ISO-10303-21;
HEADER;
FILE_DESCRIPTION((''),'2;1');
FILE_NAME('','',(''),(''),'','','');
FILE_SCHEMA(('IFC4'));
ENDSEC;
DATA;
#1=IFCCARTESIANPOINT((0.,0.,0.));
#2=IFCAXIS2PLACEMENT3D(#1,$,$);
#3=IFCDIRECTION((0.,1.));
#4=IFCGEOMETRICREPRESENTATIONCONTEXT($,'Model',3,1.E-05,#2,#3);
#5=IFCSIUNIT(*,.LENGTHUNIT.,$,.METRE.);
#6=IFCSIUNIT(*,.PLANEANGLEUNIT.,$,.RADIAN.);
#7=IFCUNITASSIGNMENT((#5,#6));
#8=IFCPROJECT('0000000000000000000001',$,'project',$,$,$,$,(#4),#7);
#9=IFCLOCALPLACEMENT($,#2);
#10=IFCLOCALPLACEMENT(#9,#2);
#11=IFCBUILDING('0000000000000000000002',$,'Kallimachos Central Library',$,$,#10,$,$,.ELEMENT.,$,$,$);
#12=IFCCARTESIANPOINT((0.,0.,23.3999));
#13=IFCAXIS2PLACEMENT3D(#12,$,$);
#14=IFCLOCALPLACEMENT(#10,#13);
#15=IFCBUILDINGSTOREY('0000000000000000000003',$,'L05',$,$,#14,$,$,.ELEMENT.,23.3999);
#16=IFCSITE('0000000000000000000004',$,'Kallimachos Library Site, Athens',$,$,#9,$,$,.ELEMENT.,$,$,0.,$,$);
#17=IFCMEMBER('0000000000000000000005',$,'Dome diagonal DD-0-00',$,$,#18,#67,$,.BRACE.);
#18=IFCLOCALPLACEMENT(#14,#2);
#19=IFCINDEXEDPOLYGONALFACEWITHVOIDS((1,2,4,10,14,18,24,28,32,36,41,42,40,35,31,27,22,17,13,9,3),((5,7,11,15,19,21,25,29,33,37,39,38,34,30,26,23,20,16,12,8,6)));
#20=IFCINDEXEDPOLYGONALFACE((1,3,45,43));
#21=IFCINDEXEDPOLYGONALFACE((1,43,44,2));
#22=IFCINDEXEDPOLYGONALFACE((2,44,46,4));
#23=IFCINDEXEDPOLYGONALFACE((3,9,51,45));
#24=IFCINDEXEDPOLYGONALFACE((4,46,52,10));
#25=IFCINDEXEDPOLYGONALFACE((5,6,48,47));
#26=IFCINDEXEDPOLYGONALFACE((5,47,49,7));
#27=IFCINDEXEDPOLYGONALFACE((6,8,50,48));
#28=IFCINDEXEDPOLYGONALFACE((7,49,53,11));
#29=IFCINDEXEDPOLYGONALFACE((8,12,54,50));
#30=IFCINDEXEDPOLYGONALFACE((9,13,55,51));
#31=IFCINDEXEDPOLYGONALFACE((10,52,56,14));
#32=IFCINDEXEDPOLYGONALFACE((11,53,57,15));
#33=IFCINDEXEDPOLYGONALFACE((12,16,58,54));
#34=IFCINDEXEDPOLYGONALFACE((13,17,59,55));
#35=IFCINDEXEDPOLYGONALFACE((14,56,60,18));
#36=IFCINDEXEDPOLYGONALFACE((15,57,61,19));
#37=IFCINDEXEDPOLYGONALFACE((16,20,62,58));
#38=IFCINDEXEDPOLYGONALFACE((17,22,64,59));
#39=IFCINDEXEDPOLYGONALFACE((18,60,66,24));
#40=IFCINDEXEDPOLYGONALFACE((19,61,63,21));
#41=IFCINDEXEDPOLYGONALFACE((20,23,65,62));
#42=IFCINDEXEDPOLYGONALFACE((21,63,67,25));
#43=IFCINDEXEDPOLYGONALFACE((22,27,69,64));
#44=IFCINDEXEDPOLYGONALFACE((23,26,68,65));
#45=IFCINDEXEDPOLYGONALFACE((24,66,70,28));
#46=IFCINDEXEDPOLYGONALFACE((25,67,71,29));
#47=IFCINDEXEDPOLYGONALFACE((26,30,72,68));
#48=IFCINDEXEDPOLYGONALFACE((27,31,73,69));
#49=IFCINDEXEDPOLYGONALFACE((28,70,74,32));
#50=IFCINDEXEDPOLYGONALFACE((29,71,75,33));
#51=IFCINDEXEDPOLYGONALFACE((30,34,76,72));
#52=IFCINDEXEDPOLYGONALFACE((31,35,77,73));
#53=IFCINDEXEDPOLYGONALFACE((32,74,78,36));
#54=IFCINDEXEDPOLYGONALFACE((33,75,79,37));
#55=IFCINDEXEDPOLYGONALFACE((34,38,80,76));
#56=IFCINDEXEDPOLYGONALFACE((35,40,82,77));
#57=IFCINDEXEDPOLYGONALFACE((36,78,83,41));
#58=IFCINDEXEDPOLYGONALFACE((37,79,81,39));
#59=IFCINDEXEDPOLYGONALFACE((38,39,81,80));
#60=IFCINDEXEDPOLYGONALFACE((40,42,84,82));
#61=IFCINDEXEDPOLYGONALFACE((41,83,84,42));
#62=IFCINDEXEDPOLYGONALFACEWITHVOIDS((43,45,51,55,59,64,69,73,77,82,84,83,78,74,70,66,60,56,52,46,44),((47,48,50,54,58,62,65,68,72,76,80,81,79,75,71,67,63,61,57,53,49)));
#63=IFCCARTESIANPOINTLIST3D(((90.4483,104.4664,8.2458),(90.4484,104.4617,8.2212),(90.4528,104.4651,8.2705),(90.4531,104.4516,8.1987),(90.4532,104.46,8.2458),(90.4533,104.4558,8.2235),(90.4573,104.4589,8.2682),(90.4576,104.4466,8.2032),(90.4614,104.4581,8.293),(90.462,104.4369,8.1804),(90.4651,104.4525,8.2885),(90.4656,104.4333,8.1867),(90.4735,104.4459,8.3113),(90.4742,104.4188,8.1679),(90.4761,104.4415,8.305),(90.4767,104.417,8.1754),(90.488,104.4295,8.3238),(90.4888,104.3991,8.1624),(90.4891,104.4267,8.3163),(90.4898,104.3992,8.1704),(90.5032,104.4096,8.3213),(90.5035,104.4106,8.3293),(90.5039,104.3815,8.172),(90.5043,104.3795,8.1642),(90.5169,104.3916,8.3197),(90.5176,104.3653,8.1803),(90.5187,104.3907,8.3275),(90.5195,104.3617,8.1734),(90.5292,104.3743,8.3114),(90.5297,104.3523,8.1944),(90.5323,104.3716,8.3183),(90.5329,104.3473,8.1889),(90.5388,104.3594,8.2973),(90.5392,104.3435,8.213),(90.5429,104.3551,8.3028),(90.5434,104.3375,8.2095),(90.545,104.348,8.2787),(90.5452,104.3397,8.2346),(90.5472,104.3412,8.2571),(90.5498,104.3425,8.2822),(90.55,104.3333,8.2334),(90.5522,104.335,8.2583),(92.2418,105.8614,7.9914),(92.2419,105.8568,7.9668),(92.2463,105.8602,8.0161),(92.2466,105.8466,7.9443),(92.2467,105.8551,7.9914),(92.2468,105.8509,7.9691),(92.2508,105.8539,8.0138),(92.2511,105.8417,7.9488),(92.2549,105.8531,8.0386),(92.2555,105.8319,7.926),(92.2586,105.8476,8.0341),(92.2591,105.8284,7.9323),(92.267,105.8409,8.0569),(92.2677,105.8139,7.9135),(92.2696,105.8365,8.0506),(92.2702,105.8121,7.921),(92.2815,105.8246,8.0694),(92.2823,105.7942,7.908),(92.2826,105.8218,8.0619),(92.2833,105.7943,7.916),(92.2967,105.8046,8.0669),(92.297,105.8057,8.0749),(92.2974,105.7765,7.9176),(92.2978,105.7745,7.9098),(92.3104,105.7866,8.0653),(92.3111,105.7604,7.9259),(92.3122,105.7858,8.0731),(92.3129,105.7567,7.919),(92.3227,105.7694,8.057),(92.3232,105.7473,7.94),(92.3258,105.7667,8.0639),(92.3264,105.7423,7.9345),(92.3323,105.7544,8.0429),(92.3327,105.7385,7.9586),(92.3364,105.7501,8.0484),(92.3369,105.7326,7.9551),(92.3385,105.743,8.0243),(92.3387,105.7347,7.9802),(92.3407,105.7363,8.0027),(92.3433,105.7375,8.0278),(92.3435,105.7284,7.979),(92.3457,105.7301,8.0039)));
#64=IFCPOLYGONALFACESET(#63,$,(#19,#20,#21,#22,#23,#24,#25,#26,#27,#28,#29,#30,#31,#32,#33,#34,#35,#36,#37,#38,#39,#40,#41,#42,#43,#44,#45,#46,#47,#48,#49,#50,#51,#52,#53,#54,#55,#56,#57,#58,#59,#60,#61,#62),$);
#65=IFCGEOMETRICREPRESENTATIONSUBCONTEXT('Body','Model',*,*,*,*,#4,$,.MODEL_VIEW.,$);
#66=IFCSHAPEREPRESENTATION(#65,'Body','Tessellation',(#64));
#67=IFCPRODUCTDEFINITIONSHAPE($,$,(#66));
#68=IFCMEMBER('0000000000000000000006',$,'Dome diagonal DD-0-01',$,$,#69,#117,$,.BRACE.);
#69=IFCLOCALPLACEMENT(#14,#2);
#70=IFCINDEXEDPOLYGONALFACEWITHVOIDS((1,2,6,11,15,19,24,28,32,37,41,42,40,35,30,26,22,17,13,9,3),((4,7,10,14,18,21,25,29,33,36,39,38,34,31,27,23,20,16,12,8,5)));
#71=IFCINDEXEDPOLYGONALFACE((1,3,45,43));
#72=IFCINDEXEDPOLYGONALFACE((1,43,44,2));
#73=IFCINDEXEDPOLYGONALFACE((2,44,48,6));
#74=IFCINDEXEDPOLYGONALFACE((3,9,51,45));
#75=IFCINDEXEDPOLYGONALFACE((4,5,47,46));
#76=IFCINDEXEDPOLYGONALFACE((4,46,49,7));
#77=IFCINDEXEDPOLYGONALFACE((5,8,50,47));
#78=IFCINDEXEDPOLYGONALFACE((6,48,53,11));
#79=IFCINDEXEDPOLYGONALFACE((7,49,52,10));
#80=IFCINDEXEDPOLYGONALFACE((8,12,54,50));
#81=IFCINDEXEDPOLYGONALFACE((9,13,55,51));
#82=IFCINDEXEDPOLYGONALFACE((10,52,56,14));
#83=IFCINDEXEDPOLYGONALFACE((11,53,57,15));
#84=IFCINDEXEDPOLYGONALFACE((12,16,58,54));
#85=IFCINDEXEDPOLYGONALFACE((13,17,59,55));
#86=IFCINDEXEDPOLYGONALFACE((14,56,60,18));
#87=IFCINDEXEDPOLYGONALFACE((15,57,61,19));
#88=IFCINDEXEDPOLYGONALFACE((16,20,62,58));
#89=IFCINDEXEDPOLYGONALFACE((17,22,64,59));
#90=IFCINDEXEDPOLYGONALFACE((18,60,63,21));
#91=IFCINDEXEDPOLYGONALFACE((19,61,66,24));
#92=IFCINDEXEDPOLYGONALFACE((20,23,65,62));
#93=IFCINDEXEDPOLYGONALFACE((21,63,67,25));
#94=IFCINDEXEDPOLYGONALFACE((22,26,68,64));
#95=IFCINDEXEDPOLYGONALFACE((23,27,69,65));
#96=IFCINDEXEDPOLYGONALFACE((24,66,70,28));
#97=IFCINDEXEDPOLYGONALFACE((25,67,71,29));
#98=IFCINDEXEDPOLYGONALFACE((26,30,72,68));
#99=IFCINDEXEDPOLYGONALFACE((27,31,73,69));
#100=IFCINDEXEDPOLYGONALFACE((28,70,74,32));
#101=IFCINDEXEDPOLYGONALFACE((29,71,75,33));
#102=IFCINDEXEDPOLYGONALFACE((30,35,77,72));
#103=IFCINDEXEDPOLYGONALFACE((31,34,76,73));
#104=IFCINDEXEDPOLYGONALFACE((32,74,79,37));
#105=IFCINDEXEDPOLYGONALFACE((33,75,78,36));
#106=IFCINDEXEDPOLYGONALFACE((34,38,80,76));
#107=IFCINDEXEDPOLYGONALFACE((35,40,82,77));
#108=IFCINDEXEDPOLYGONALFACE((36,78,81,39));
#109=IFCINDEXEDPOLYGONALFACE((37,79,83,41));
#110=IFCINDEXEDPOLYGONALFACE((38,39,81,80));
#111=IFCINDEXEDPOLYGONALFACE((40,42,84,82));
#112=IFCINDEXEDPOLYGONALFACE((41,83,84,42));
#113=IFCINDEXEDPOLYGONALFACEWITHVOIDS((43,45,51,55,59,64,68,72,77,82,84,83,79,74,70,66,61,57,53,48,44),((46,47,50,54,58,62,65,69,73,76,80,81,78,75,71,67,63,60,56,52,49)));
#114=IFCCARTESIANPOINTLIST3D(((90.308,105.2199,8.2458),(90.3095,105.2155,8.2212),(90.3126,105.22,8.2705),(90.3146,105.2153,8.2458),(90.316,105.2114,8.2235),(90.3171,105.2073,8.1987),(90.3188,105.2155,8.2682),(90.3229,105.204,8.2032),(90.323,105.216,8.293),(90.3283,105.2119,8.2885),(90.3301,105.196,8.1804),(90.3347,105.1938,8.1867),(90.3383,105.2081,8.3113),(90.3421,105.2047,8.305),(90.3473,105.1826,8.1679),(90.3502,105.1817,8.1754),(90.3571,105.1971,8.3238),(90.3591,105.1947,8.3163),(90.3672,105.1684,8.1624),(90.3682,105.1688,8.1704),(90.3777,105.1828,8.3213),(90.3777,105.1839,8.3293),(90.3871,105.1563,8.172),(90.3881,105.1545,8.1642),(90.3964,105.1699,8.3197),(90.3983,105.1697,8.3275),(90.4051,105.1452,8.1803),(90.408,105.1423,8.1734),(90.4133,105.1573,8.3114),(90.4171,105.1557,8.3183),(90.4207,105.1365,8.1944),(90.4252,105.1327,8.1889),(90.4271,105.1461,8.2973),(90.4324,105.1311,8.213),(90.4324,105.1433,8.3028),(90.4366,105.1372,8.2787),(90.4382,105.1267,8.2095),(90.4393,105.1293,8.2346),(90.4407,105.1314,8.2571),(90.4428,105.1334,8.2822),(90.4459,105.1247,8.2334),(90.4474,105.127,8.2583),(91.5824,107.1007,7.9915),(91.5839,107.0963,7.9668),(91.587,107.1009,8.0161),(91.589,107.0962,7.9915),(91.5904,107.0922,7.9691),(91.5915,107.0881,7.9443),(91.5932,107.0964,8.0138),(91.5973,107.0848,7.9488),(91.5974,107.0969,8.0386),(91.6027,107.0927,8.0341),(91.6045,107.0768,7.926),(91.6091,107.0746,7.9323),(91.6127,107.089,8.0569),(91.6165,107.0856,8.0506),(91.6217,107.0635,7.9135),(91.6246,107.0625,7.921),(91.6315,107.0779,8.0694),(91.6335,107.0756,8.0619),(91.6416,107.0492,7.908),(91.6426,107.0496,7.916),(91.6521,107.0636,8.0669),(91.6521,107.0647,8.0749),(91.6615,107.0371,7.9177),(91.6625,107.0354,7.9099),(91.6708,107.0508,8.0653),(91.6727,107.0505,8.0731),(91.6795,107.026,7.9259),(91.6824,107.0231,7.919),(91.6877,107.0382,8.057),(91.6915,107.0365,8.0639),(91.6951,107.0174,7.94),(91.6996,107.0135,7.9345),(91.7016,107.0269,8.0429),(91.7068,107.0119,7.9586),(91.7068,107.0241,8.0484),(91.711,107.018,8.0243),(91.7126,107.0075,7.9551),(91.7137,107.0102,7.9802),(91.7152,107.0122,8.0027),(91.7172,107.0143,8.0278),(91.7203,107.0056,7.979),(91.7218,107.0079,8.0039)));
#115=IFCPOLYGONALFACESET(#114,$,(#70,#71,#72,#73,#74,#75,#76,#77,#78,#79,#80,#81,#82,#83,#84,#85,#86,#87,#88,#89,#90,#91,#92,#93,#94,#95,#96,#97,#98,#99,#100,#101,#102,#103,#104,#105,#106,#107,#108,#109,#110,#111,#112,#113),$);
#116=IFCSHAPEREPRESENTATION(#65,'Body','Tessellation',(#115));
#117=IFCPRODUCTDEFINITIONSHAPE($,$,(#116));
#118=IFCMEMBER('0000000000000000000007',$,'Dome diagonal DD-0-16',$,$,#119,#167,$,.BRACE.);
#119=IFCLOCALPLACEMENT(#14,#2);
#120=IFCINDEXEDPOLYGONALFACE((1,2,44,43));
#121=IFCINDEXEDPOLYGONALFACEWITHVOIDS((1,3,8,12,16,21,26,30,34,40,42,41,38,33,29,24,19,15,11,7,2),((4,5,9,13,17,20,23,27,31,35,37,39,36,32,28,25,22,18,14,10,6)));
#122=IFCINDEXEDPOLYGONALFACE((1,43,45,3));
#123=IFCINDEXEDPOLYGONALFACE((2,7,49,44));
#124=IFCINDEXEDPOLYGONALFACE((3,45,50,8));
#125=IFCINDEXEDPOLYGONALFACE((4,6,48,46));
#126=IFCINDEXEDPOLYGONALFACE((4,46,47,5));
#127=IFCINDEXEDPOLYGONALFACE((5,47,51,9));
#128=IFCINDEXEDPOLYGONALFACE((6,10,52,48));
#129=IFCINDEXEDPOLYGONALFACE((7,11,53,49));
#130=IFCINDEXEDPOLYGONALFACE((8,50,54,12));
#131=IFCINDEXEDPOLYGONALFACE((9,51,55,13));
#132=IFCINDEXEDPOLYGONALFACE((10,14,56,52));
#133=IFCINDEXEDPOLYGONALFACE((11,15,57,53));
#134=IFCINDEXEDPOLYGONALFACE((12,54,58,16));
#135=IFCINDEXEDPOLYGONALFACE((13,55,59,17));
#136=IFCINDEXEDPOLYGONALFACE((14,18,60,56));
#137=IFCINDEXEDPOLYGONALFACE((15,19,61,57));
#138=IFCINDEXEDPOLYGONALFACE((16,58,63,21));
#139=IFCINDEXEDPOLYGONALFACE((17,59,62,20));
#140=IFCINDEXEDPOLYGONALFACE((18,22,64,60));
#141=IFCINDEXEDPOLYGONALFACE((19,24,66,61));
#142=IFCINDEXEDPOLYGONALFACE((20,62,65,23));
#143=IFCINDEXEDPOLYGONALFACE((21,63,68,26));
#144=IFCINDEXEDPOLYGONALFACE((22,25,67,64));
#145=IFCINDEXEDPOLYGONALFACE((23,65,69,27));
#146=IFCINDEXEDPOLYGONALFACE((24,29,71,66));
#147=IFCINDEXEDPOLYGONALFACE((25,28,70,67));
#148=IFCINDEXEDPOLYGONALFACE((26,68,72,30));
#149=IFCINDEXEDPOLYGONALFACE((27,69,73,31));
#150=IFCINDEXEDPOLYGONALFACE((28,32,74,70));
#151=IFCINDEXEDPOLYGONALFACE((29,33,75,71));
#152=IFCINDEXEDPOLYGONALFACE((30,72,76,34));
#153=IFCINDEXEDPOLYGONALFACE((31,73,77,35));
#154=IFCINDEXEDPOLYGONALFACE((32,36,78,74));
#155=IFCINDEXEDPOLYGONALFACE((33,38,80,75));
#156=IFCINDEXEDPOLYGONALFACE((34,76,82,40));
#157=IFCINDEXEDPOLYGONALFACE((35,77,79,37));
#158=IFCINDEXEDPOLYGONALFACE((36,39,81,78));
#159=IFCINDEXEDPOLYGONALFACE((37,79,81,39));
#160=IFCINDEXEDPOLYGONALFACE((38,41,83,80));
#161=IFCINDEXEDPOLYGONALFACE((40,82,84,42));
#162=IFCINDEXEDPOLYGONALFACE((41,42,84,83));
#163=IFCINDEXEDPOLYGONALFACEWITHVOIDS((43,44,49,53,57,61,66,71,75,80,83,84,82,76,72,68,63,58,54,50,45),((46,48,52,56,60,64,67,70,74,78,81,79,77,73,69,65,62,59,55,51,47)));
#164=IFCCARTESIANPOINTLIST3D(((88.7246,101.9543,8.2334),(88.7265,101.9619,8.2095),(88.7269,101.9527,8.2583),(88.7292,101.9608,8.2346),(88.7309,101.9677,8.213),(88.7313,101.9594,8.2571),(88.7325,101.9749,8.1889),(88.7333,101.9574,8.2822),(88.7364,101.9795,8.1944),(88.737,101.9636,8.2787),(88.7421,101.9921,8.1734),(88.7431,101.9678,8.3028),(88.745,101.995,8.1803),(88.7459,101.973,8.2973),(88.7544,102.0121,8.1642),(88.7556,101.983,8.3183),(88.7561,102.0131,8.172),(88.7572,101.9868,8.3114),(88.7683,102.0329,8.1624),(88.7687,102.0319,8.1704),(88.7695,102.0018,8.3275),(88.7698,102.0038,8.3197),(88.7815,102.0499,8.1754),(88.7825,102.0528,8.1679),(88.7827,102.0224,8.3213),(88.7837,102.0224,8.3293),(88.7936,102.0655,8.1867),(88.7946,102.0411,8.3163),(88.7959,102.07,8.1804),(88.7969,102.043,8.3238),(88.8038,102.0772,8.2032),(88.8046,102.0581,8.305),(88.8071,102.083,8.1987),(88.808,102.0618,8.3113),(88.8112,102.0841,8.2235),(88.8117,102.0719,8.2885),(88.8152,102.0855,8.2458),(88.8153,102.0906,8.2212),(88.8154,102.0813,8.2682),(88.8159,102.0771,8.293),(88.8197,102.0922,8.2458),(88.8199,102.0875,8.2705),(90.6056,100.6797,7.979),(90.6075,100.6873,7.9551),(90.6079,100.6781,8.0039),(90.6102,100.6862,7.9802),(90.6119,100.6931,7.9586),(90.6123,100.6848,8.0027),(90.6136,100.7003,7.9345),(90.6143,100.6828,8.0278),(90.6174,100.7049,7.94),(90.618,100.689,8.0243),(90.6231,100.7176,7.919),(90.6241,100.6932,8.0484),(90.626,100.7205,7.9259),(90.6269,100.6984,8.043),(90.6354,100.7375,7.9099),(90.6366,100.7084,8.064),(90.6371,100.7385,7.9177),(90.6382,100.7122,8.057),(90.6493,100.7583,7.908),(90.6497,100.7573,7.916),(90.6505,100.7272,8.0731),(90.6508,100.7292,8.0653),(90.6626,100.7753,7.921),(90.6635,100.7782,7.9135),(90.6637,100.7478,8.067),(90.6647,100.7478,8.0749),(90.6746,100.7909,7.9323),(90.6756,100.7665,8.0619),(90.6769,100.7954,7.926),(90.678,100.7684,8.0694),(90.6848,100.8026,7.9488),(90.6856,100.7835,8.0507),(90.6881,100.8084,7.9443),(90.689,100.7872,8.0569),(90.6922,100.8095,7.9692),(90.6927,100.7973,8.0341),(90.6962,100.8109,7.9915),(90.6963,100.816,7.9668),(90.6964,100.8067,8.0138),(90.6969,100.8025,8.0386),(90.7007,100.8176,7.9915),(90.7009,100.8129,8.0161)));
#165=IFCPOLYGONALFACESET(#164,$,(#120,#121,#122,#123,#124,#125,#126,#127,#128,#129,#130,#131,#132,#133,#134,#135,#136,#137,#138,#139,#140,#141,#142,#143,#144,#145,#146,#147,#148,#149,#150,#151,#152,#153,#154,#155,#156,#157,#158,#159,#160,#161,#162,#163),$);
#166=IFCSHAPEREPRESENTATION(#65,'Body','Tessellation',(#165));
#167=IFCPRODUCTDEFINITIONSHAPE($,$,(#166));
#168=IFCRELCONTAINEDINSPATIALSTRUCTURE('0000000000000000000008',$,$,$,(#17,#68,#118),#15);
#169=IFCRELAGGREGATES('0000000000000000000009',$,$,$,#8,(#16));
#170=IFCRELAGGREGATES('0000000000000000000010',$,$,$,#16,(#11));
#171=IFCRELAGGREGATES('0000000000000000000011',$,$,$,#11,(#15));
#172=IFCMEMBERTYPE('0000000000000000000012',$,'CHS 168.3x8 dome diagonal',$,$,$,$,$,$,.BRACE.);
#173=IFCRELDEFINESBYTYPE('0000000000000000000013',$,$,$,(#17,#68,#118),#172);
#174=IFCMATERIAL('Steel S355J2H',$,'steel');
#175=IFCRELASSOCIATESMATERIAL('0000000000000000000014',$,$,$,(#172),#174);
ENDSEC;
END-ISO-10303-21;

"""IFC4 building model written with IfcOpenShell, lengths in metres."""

from ifc_helpers import new_model, si_unit, direction, frame, origin, origin_2d, place, context, subcontext, project, spatial, hollow_circle, extrude, material, material_profile, profile_set, type_object, element, save


model = new_model("IFC4")

# Units and contexts
model_context = context("Model", 3, precision=1e-05, world=origin(), true_north=direction((0.0, 1.0)))
body_context = subcontext(model_context, "Body", "Model", "MODEL_VIEW")
ifc_project = project(units=[si_unit("LENGTHUNIT", "METRE"), si_unit("PLANEANGLEUNIT", "RADIAN")], contexts=[model_context])

# Site, building, storey
site_placement = place(None, origin())
site = spatial("IfcSite", under=ifc_project, at=site_placement, Name="Kallimachos Library Site, Athens", CompositionType="ELEMENT", RefElevation=0.0)
building_placement = place(site_placement, origin())
building = spatial("IfcBuilding", under=site, at=building_placement, Name="Kallimachos Central Library", CompositionType="ELEMENT")
storey_placement = place(building_placement, frame((0.0, 0.0, 23.3999)))
storey = spatial("IfcBuildingStorey", under=building, at=storey_placement, Name="L05", CompositionType="ELEMENT", Elevation=23.3999)

# Members
ifc_material_1 = material(Name="Steel S355J2H", Category="steel")
ifc_material_profile_1 = material_profile(ifc_material_1, hollow_circle(Radius=0.0842, WallThickness=0.0081, at=origin_2d()), Name="CHS 168.3x8")
ifc_profile_set_1 = profile_set([ifc_material_profile_1], Name="Steel S355J2H")
member_type_1 = type_object("IfcMemberType", Name="CHS 168.3x8 dome diagonal", PredefinedType="BRACE", material=ifc_profile_set_1)
member_1_placement = place(storey_placement, frame((90.5, 104.3999, 8.2458), z_axis=(0.784428, 0.610158, -0.111268), x_axis=(-0.61397, 0.789329, 0.0)))
element("IfcMember", 1, at=member_1_placement, inside=storey, type_object=member_type_1, Name="Dome diagonal DD-0-00", PredefinedType="BRACE", context=body_context, shape_type="SweptSolid", body=[
    extrude(hollow_circle(Radius=0.0842, WallThickness=0.0081, at=origin_2d()), origin(), (0.0, 0.0, 1.0), 2.2864),
])
member_2_placement = place(storey_placement, frame((90.3777, 105.1726, 8.2458), z_axis=(0.55745, 0.822719, -0.111276), x_axis=(-0.827861, 0.560934, 0.0)))
element("IfcMember", 2, at=member_2_placement, inside=storey, type_object=member_type_1, Name="Dome diagonal DD-0-01", PredefinedType="BRACE", context=body_context, shape_type="SweptSolid", body=[
    extrude(hollow_circle(Radius=0.0842, WallThickness=0.0081, at=origin_2d()), origin(), (0.0, 0.0, 1.0), 2.2861),
])
member_3_placement = place(storey_placement, frame((88.7725, 102.0225, 8.2458), z_axis=(0.822705, -0.557475, -0.11126), x_axis=(0.560957, 0.827845, 0.0)))
element("IfcMember", 3, at=member_3_placement, inside=storey, type_object=member_type_1, Name="Dome diagonal DD-0-16", PredefinedType="BRACE", context=body_context, shape_type="SweptSolid", body=[
    extrude(hollow_circle(Radius=0.0842, WallThickness=0.0081, at=origin_2d()), origin(), (0.0, 0.0, 1.0), 2.2864),
])

save(model, "model.ifc")
